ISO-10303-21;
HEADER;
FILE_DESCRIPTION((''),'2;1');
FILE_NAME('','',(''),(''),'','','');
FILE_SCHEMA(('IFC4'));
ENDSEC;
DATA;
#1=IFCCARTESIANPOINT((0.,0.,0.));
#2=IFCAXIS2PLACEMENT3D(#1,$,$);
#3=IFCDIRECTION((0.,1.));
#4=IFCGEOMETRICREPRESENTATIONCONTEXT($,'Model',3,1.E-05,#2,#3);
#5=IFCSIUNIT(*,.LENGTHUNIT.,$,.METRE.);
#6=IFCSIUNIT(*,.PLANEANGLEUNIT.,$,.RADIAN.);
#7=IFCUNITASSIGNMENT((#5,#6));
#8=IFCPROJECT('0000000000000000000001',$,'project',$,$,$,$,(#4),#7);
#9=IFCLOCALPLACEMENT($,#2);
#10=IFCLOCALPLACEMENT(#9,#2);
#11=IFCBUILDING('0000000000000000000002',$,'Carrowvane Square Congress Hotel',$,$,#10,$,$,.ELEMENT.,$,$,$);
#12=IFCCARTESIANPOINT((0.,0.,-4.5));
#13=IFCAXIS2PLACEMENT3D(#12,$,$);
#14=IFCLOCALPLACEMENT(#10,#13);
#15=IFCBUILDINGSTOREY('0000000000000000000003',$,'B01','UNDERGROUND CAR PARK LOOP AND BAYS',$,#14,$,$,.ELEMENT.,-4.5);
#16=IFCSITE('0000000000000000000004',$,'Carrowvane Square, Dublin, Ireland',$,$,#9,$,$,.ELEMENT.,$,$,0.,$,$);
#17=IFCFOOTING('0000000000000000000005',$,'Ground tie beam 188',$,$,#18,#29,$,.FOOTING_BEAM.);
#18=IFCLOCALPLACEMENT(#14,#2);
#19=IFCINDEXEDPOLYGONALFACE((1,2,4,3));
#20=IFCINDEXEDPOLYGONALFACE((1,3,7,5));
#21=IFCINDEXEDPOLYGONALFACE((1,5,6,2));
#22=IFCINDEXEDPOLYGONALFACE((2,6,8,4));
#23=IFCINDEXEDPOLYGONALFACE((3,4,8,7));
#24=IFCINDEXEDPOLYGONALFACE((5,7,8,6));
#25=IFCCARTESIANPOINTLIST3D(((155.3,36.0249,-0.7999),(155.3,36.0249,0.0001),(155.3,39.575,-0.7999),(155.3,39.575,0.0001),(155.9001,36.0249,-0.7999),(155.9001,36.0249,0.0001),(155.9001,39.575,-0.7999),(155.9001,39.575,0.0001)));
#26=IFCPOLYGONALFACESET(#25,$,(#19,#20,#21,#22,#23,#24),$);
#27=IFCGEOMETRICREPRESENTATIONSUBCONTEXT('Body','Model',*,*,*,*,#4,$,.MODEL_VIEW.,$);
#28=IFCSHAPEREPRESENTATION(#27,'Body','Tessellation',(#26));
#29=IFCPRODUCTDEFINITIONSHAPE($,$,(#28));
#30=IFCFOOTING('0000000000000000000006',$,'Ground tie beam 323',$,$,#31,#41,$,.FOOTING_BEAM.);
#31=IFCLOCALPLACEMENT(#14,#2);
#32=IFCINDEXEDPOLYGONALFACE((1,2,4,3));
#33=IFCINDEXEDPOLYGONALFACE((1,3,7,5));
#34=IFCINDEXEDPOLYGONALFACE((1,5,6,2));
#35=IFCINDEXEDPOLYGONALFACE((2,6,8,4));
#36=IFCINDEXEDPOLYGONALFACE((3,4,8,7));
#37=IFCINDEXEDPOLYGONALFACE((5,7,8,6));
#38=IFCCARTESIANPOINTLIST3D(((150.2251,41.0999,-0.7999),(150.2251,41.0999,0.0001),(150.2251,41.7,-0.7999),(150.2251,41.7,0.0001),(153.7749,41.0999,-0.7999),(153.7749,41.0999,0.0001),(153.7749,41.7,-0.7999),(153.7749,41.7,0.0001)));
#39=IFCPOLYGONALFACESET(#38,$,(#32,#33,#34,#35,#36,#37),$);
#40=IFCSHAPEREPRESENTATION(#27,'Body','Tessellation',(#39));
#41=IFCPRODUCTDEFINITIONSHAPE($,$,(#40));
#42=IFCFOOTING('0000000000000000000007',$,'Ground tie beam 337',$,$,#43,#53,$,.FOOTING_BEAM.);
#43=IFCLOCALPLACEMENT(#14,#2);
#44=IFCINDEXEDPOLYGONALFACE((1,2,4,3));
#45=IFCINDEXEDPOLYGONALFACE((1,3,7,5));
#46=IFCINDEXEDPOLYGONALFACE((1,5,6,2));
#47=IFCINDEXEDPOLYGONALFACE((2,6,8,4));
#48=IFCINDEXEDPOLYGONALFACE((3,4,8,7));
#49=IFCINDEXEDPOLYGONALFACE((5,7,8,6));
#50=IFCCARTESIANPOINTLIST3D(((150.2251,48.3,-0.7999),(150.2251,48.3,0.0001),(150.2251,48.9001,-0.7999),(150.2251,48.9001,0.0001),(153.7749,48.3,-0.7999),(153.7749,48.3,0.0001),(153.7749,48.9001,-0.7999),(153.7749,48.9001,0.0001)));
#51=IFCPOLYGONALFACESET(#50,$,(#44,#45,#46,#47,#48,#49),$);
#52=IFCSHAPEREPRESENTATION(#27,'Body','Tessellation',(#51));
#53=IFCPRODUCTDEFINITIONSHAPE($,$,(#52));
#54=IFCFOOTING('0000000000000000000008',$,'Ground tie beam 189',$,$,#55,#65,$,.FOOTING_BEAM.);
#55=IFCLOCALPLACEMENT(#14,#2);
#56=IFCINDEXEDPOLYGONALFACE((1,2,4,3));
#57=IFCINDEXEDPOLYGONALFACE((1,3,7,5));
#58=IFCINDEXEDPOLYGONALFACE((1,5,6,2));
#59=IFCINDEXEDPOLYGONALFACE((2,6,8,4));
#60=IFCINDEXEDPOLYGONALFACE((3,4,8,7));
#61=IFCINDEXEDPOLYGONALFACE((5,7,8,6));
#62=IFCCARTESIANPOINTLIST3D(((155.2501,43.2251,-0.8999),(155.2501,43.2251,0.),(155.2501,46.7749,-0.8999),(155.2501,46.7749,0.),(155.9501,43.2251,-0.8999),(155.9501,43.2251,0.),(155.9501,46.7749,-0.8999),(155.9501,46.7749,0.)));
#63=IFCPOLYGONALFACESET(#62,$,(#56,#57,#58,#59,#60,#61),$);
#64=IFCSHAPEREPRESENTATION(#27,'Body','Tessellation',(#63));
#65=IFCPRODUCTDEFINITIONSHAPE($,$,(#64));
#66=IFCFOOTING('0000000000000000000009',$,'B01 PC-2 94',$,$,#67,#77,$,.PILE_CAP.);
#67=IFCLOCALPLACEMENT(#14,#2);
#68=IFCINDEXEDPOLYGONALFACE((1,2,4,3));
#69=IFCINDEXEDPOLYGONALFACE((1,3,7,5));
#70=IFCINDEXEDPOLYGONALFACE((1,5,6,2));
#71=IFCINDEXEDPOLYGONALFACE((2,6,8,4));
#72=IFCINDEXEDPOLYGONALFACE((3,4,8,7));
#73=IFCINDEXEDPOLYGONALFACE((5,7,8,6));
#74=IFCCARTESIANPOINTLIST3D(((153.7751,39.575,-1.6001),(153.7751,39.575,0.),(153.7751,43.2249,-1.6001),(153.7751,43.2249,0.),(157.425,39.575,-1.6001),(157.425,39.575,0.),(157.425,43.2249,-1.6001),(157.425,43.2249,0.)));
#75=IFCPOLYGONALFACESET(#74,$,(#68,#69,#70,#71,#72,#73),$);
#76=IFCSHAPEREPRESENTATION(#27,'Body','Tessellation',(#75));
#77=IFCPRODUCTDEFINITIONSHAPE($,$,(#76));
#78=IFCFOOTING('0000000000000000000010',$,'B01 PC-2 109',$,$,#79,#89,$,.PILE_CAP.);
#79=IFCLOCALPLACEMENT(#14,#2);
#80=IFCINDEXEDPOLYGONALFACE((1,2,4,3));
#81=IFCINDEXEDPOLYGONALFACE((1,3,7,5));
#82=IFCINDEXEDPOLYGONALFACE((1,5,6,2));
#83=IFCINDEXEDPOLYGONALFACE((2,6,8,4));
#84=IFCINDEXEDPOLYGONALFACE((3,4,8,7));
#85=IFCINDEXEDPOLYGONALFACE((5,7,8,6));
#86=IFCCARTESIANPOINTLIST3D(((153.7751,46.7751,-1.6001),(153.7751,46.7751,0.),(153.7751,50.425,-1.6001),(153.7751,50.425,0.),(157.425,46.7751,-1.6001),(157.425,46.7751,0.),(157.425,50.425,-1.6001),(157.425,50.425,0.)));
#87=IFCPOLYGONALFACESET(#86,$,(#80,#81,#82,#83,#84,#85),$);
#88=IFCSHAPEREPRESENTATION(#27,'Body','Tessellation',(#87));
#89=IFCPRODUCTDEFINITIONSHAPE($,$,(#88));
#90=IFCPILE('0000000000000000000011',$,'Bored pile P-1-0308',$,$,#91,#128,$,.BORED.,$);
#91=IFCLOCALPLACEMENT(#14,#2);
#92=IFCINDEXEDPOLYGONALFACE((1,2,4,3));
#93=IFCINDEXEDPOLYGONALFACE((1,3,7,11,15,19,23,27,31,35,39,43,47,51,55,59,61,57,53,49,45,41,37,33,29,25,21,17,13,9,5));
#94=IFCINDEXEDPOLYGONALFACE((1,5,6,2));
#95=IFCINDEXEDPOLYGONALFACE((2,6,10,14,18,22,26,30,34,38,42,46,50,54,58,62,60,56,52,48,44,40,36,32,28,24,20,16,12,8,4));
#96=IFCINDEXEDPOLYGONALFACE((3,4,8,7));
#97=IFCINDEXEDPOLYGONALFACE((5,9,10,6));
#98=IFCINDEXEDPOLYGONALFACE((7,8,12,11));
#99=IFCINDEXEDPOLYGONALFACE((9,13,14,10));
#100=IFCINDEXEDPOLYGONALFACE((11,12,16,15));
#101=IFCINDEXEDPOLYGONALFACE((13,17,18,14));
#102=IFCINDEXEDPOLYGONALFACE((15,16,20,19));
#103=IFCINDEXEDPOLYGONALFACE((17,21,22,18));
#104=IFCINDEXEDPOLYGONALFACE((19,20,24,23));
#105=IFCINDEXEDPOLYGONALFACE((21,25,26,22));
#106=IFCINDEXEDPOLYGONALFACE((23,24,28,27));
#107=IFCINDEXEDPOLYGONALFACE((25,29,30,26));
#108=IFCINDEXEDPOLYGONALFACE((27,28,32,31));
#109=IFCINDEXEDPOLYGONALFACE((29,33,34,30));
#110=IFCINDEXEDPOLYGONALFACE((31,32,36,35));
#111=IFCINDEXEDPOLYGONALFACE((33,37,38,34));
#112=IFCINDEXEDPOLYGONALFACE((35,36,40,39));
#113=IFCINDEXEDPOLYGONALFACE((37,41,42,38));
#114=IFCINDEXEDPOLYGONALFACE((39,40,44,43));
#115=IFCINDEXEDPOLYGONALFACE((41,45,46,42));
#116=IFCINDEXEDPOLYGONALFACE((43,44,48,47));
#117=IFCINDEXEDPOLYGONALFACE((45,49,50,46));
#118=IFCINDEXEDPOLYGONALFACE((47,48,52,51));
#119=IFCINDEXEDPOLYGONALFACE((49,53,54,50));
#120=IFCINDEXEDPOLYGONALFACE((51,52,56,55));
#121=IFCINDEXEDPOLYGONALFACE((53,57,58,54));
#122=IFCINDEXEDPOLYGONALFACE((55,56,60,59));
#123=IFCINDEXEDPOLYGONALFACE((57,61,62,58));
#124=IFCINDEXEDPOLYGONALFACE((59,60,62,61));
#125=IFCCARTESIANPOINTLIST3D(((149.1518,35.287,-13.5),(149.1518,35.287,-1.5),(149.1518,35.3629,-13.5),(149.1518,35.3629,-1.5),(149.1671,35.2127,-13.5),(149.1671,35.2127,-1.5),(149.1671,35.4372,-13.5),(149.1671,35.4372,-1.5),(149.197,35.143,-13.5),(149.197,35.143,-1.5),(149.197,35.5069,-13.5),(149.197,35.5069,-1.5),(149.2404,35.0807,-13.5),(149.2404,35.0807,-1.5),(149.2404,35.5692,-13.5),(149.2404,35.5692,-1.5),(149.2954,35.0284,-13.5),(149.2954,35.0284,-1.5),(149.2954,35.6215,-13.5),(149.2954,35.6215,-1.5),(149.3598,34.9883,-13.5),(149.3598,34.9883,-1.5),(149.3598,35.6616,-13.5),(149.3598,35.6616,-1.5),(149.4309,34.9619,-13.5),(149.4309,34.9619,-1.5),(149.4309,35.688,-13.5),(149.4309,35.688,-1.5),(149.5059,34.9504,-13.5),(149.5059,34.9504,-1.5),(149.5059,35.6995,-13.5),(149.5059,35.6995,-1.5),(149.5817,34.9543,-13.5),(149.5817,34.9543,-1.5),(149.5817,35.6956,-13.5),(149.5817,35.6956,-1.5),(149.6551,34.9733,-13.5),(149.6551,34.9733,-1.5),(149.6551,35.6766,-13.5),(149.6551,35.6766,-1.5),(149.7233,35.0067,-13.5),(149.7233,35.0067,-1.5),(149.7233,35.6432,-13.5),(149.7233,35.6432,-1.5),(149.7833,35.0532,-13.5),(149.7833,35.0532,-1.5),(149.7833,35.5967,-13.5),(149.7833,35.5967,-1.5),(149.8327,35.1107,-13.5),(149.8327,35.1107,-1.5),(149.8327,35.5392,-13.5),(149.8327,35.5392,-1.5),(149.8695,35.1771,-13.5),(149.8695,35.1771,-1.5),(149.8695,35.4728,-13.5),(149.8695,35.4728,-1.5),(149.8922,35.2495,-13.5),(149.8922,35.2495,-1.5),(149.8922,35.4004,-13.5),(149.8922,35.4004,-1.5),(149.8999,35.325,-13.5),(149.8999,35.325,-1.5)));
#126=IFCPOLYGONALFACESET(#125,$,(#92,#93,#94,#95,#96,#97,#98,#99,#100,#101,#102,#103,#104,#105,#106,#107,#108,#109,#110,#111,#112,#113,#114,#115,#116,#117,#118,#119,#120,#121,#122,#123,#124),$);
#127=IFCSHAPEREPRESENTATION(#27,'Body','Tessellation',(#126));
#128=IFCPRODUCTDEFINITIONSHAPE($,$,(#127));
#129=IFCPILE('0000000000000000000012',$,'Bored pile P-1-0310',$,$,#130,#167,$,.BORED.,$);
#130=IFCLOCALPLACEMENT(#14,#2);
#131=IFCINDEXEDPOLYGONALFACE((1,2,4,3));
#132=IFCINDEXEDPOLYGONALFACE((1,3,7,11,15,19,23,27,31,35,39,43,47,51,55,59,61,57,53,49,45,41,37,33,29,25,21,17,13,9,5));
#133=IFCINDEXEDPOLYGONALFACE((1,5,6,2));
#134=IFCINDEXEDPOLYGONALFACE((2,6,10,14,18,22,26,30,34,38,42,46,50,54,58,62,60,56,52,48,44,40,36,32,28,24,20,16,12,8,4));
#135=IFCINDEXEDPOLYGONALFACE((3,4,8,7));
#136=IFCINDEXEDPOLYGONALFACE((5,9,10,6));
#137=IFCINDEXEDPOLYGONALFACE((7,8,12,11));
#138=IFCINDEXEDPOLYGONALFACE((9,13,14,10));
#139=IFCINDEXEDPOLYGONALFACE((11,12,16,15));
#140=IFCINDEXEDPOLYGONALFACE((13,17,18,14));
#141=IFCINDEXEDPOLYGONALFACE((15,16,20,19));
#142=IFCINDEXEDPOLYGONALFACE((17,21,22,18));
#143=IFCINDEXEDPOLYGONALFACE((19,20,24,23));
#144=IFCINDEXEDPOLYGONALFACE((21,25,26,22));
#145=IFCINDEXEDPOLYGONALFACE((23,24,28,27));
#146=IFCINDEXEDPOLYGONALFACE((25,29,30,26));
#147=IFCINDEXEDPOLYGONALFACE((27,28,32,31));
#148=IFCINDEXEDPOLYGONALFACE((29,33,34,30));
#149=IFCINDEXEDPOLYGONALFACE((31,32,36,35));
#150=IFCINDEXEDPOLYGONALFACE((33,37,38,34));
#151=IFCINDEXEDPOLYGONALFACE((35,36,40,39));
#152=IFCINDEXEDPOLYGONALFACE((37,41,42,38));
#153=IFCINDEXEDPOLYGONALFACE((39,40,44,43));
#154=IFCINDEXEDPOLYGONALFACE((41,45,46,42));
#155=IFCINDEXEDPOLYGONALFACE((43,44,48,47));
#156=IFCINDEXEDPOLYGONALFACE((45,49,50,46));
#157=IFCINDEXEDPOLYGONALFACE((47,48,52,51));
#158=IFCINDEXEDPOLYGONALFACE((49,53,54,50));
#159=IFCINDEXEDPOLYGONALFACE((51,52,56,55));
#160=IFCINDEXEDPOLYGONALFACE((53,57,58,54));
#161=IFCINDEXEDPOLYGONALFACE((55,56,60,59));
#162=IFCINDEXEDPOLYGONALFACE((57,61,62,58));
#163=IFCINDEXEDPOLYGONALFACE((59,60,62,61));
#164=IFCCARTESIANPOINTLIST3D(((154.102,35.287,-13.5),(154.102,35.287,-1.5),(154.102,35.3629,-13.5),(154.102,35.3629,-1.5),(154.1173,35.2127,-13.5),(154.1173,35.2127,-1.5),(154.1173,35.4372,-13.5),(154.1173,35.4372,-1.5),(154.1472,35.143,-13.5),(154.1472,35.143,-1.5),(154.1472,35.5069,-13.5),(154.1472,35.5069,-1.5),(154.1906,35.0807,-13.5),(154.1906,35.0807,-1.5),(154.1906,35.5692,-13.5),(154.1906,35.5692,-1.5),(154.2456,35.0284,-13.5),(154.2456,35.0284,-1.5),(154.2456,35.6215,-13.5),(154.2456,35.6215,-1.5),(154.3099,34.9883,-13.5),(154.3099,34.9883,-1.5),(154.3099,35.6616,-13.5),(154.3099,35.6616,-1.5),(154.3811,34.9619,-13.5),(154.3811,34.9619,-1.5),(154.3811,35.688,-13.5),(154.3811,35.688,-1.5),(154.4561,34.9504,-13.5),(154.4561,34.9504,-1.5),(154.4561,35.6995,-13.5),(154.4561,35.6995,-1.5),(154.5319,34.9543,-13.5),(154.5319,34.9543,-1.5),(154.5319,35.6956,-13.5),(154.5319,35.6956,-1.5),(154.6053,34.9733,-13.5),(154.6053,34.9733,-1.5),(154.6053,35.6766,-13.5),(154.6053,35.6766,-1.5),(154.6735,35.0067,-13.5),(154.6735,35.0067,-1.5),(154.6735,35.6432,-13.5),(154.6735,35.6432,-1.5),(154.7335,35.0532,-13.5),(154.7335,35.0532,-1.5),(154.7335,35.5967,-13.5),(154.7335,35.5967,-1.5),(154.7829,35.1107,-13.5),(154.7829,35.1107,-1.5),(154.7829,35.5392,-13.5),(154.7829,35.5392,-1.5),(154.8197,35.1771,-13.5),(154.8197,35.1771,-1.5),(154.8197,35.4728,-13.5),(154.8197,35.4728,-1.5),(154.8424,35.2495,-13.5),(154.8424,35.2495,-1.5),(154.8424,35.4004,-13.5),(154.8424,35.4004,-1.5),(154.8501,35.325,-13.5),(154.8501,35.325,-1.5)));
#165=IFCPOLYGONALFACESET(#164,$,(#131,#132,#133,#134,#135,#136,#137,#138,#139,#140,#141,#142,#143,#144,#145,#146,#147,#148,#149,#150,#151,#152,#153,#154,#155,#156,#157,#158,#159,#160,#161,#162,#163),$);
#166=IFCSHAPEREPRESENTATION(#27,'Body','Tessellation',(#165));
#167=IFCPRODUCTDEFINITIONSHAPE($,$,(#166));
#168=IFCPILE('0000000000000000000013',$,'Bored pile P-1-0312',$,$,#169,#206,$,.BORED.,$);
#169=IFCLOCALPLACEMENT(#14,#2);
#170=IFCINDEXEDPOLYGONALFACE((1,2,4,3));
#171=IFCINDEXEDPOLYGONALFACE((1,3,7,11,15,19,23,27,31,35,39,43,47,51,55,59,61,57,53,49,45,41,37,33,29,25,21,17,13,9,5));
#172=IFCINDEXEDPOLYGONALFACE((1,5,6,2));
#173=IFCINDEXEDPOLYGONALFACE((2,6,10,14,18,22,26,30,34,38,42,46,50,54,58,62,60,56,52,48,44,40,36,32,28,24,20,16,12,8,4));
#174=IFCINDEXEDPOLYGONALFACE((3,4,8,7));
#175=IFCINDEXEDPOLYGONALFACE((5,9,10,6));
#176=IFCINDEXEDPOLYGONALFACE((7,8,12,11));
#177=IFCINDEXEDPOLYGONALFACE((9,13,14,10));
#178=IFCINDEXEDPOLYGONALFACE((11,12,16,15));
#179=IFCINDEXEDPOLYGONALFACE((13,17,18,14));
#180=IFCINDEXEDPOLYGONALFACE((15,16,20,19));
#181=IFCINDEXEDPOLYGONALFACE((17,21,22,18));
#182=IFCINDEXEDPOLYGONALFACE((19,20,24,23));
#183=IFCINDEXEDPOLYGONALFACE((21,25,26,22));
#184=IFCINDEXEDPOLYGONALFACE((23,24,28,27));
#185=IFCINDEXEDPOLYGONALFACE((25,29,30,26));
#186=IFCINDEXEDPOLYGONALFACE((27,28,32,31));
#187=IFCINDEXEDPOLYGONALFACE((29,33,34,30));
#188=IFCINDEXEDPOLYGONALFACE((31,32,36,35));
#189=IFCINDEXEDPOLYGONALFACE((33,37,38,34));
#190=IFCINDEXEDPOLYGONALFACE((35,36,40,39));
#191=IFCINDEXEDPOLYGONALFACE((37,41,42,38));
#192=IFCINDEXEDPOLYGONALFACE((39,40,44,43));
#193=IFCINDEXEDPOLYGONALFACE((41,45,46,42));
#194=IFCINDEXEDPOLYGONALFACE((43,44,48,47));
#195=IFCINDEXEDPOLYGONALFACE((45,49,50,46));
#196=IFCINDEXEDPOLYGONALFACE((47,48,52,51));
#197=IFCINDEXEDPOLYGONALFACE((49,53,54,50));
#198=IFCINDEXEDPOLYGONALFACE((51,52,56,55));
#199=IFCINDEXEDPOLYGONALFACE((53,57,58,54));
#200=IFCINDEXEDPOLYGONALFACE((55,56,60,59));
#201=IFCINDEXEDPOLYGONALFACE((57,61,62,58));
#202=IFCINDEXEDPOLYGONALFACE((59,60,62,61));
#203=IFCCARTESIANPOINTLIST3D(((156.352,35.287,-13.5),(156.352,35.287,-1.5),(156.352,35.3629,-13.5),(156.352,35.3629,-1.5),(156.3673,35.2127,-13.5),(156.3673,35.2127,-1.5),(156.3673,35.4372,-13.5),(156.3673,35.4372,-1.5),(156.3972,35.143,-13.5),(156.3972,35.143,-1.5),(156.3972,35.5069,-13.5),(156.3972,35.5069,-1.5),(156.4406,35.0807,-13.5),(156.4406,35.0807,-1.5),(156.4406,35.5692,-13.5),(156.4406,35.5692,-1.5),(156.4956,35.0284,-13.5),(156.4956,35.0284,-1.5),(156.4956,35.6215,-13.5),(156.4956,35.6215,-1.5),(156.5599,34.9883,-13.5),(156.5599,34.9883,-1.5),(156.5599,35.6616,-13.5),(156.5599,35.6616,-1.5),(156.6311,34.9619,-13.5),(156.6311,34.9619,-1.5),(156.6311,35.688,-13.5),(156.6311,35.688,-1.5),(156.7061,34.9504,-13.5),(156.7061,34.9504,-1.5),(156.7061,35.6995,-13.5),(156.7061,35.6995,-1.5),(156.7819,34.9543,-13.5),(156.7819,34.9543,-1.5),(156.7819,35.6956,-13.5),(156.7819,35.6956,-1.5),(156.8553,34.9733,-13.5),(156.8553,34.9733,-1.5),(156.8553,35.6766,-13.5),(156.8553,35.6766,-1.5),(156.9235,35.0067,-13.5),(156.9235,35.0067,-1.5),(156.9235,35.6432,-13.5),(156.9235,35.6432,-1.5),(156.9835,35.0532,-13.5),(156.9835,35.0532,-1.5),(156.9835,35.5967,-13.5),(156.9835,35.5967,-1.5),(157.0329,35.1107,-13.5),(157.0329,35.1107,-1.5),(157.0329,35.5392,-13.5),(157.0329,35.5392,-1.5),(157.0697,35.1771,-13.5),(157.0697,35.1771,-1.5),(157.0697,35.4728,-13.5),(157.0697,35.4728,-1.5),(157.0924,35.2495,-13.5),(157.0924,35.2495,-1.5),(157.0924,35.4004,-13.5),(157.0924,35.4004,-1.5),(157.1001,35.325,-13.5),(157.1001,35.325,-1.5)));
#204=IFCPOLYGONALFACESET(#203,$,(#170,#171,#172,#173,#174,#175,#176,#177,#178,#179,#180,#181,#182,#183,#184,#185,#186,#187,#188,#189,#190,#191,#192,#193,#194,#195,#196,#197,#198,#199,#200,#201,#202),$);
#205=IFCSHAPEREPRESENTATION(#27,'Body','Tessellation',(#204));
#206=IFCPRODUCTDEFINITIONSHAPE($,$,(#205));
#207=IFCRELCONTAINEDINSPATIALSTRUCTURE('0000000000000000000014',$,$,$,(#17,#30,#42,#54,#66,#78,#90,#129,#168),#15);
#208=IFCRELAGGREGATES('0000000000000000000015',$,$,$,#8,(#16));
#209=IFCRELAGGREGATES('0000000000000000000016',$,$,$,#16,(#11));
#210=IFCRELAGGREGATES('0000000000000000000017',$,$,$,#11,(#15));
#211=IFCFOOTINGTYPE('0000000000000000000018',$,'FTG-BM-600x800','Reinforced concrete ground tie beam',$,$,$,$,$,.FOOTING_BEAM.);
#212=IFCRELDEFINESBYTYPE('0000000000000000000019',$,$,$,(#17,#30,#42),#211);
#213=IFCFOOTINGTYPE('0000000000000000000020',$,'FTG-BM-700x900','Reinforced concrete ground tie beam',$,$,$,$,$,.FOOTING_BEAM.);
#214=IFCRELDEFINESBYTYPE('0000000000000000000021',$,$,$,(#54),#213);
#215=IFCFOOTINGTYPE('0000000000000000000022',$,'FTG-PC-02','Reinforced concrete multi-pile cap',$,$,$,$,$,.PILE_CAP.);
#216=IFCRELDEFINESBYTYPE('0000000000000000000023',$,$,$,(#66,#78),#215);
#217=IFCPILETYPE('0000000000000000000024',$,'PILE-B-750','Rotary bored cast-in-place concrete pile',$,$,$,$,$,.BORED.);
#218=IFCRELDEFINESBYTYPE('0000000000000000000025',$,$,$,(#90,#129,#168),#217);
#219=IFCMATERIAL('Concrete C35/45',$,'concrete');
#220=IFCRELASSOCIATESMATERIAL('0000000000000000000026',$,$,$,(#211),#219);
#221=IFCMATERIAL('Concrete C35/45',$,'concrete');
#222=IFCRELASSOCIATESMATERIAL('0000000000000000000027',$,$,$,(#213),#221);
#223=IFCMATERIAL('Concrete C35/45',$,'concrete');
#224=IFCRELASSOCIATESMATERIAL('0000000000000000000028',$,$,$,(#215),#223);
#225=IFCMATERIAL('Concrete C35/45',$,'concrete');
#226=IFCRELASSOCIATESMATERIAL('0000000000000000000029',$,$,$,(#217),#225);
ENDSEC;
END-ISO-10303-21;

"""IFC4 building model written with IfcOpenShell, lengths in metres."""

from ifc_helpers import new_model, si_unit, direction, frame, origin, origin_2d, place, context, subcontext, project, spatial, rectangle, circle, extrude, material, material_profile, profile_set, type_object, element, save


model = new_model("IFC4")

# Units and contexts
model_context = context("Model", 3, precision=1e-05, world=origin(), true_north=direction((0.0, 1.0)))
body_context = subcontext(model_context, "Body", "Model", "MODEL_VIEW")
ifc_project = project(units=[si_unit("LENGTHUNIT", "METRE"), si_unit("PLANEANGLEUNIT", "RADIAN")], contexts=[model_context])

# Site, building, storey
site_placement = place(None, origin())
site = spatial("IfcSite", under=ifc_project, at=site_placement, Name="Carrowvane Square, Dublin, Ireland", CompositionType="ELEMENT", RefElevation=0.0)
building_placement = place(site_placement, origin())
building = spatial("IfcBuilding", under=site, at=building_placement, Name="Carrowvane Square Congress Hotel", CompositionType="ELEMENT")
storey_placement = place(building_placement, frame((0.0, 0.0, -4.5)))
storey = spatial("IfcBuildingStorey", under=building, at=storey_placement, Name="B01", Description="UNDERGROUND CAR PARK LOOP AND BAYS", CompositionType="ELEMENT", Elevation=-4.5)

# Footings
ifc_material_1 = material(Name="Concrete C35/45", Category="concrete")
ifc_material_profile_1 = material_profile(ifc_material_1, rectangle(XDim=0.6001, YDim=0.8, at=origin_2d()), Name="RC 600x800")
ifc_profile_set_1 = profile_set([ifc_material_profile_1], Name="Concrete C35/45")
footing_type_1 = type_object("IfcFootingType", Name="FTG-BM-600x800", Description="Reinforced concrete ground tie beam", PredefinedType="FOOTING_BEAM", material=ifc_profile_set_1)
footing_1_placement = place(storey_placement, frame((155.6001, 36.0249, -0.3999), z_axis=(0.0, 1.0, 0.0), x_axis=(-1.0, 0.0, 0.0)))
element("IfcFooting", 1, at=footing_1_placement, inside=storey, type_object=footing_type_1, Name="Ground tie beam 188", PredefinedType="FOOTING_BEAM", context=body_context, shape_type="SweptSolid", body=[
    extrude(rectangle(XDim=0.6001, YDim=0.8, at=origin_2d()), origin(), (0.0, 0.0, 1.0), 3.55),
])
for number, where, z_axis, x_axis, name in (
    (2, (150.2251, 41.3999, -0.3999), (1.0, 0.0, 0.0), (0.0, 1.0, 0.0), "Ground tie beam 323"),
    (3, (150.2251, 48.6001, -0.3999), (1.0, 0.0, 0.0), (0.0, 1.0, 0.0), "Ground tie beam 337"),
):
    element("IfcFooting", number, at=place(storey_placement, frame(where, z_axis=z_axis, x_axis=x_axis)), inside=storey, type_object=footing_type_1, Name=name, PredefinedType="FOOTING_BEAM", context=body_context, shape_type="SweptSolid", body=[
        extrude(rectangle(XDim=0.6001, YDim=0.8, at=origin_2d()), origin(), (0.0, 0.0, 1.0), 3.5498),
    ])
ifc_material_2 = material(Name="Concrete C35/45", Category="concrete")
ifc_material_profile_2 = material_profile(ifc_material_2, rectangle(XDim=0.7, YDim=0.8999, at=origin_2d()), Name="RC 700x900")
ifc_profile_set_2 = profile_set([ifc_material_profile_2], Name="Concrete C35/45")
footing_type_2 = type_object("IfcFootingType", Name="FTG-BM-700x900", Description="Reinforced concrete ground tie beam", PredefinedType="FOOTING_BEAM", material=ifc_profile_set_2)
footing_2_placement = place(storey_placement, frame((155.6001, 43.2251, -0.45), z_axis=(0.0, 1.0, 0.0), x_axis=(-1.0, 0.0, 0.0)))
element("IfcFooting", 4, at=footing_2_placement, inside=storey, type_object=footing_type_2, Name="Ground tie beam 189", PredefinedType="FOOTING_BEAM", context=body_context, shape_type="SweptSolid", body=[
    extrude(rectangle(XDim=0.7, YDim=0.8999, at=origin_2d()), origin(), (0.0, 0.0, 1.0), 3.5498),
])
ifc_material_3 = material(Name="Concrete C35/45", Category="concrete")
footing_type_3 = type_object("IfcFootingType", Name="FTG-PC-02", Description="Reinforced concrete multi-pile cap", PredefinedType="PILE_CAP", material=ifc_material_3)
for number, where, z_axis, x_axis, name in (
    (5, (155.6001, 41.3999, -1.6001), (0.0, 0.0, 1.0), (1.0, 0.0, 0.0), "B01 PC-2 94"),
    (6, (155.6001, 48.6001, -1.6001), (0.0, 0.0, 1.0), (1.0, 0.0, 0.0), "B01 PC-2 109"),
):
    element("IfcFooting", number, at=place(storey_placement, frame(where, z_axis=z_axis, x_axis=x_axis)), inside=storey, type_object=footing_type_3, Name=name, PredefinedType="PILE_CAP", context=body_context, shape_type="SweptSolid", body=[
        extrude(rectangle(XDim=3.6499, YDim=3.6499, at=origin_2d()), origin(), (0.0, 0.0, 1.0), 1.6001),
    ])

# Piles
ifc_material_4 = material(Name="Concrete C35/45", Category="concrete")
ifc_material_profile_3 = material_profile(ifc_material_4, circle(Radius=0.375, at=origin_2d()), Name="PILE D750")
ifc_profile_set_3 = profile_set([ifc_material_profile_3], Name="Concrete C35/45")
pile_type = type_object("IfcPileType", Name="PILE-B-750", Description="Rotary bored cast-in-place concrete pile", PredefinedType="BORED", material=ifc_profile_set_3)
for number, where, z_axis, x_axis, name in (
    (7, (149.5249, 35.325, -1.5), (0.0, 0.0, -1.0), (1.0, 0.0, 0.0), "Bored pile P-1-0308"),
    (8, (154.4751, 35.325, -1.5), (0.0, 0.0, -1.0), (1.0, 0.0, 0.0), "Bored pile P-1-0310"),
    (9, (156.7251, 35.325, -1.5), (0.0, 0.0, -1.0), (1.0, 0.0, 0.0), "Bored pile P-1-0312"),
):
    element("IfcPile", number, at=place(storey_placement, frame(where, z_axis=z_axis, x_axis=x_axis)), inside=storey, type_object=pile_type, Name=name, PredefinedType="BORED", context=body_context, shape_type="SweptSolid", body=[
        extrude(circle(Radius=0.375, at=origin_2d()), origin(), (0.0, 0.0, 1.0), 12.0),
    ])

save(model, "model.ifc")
